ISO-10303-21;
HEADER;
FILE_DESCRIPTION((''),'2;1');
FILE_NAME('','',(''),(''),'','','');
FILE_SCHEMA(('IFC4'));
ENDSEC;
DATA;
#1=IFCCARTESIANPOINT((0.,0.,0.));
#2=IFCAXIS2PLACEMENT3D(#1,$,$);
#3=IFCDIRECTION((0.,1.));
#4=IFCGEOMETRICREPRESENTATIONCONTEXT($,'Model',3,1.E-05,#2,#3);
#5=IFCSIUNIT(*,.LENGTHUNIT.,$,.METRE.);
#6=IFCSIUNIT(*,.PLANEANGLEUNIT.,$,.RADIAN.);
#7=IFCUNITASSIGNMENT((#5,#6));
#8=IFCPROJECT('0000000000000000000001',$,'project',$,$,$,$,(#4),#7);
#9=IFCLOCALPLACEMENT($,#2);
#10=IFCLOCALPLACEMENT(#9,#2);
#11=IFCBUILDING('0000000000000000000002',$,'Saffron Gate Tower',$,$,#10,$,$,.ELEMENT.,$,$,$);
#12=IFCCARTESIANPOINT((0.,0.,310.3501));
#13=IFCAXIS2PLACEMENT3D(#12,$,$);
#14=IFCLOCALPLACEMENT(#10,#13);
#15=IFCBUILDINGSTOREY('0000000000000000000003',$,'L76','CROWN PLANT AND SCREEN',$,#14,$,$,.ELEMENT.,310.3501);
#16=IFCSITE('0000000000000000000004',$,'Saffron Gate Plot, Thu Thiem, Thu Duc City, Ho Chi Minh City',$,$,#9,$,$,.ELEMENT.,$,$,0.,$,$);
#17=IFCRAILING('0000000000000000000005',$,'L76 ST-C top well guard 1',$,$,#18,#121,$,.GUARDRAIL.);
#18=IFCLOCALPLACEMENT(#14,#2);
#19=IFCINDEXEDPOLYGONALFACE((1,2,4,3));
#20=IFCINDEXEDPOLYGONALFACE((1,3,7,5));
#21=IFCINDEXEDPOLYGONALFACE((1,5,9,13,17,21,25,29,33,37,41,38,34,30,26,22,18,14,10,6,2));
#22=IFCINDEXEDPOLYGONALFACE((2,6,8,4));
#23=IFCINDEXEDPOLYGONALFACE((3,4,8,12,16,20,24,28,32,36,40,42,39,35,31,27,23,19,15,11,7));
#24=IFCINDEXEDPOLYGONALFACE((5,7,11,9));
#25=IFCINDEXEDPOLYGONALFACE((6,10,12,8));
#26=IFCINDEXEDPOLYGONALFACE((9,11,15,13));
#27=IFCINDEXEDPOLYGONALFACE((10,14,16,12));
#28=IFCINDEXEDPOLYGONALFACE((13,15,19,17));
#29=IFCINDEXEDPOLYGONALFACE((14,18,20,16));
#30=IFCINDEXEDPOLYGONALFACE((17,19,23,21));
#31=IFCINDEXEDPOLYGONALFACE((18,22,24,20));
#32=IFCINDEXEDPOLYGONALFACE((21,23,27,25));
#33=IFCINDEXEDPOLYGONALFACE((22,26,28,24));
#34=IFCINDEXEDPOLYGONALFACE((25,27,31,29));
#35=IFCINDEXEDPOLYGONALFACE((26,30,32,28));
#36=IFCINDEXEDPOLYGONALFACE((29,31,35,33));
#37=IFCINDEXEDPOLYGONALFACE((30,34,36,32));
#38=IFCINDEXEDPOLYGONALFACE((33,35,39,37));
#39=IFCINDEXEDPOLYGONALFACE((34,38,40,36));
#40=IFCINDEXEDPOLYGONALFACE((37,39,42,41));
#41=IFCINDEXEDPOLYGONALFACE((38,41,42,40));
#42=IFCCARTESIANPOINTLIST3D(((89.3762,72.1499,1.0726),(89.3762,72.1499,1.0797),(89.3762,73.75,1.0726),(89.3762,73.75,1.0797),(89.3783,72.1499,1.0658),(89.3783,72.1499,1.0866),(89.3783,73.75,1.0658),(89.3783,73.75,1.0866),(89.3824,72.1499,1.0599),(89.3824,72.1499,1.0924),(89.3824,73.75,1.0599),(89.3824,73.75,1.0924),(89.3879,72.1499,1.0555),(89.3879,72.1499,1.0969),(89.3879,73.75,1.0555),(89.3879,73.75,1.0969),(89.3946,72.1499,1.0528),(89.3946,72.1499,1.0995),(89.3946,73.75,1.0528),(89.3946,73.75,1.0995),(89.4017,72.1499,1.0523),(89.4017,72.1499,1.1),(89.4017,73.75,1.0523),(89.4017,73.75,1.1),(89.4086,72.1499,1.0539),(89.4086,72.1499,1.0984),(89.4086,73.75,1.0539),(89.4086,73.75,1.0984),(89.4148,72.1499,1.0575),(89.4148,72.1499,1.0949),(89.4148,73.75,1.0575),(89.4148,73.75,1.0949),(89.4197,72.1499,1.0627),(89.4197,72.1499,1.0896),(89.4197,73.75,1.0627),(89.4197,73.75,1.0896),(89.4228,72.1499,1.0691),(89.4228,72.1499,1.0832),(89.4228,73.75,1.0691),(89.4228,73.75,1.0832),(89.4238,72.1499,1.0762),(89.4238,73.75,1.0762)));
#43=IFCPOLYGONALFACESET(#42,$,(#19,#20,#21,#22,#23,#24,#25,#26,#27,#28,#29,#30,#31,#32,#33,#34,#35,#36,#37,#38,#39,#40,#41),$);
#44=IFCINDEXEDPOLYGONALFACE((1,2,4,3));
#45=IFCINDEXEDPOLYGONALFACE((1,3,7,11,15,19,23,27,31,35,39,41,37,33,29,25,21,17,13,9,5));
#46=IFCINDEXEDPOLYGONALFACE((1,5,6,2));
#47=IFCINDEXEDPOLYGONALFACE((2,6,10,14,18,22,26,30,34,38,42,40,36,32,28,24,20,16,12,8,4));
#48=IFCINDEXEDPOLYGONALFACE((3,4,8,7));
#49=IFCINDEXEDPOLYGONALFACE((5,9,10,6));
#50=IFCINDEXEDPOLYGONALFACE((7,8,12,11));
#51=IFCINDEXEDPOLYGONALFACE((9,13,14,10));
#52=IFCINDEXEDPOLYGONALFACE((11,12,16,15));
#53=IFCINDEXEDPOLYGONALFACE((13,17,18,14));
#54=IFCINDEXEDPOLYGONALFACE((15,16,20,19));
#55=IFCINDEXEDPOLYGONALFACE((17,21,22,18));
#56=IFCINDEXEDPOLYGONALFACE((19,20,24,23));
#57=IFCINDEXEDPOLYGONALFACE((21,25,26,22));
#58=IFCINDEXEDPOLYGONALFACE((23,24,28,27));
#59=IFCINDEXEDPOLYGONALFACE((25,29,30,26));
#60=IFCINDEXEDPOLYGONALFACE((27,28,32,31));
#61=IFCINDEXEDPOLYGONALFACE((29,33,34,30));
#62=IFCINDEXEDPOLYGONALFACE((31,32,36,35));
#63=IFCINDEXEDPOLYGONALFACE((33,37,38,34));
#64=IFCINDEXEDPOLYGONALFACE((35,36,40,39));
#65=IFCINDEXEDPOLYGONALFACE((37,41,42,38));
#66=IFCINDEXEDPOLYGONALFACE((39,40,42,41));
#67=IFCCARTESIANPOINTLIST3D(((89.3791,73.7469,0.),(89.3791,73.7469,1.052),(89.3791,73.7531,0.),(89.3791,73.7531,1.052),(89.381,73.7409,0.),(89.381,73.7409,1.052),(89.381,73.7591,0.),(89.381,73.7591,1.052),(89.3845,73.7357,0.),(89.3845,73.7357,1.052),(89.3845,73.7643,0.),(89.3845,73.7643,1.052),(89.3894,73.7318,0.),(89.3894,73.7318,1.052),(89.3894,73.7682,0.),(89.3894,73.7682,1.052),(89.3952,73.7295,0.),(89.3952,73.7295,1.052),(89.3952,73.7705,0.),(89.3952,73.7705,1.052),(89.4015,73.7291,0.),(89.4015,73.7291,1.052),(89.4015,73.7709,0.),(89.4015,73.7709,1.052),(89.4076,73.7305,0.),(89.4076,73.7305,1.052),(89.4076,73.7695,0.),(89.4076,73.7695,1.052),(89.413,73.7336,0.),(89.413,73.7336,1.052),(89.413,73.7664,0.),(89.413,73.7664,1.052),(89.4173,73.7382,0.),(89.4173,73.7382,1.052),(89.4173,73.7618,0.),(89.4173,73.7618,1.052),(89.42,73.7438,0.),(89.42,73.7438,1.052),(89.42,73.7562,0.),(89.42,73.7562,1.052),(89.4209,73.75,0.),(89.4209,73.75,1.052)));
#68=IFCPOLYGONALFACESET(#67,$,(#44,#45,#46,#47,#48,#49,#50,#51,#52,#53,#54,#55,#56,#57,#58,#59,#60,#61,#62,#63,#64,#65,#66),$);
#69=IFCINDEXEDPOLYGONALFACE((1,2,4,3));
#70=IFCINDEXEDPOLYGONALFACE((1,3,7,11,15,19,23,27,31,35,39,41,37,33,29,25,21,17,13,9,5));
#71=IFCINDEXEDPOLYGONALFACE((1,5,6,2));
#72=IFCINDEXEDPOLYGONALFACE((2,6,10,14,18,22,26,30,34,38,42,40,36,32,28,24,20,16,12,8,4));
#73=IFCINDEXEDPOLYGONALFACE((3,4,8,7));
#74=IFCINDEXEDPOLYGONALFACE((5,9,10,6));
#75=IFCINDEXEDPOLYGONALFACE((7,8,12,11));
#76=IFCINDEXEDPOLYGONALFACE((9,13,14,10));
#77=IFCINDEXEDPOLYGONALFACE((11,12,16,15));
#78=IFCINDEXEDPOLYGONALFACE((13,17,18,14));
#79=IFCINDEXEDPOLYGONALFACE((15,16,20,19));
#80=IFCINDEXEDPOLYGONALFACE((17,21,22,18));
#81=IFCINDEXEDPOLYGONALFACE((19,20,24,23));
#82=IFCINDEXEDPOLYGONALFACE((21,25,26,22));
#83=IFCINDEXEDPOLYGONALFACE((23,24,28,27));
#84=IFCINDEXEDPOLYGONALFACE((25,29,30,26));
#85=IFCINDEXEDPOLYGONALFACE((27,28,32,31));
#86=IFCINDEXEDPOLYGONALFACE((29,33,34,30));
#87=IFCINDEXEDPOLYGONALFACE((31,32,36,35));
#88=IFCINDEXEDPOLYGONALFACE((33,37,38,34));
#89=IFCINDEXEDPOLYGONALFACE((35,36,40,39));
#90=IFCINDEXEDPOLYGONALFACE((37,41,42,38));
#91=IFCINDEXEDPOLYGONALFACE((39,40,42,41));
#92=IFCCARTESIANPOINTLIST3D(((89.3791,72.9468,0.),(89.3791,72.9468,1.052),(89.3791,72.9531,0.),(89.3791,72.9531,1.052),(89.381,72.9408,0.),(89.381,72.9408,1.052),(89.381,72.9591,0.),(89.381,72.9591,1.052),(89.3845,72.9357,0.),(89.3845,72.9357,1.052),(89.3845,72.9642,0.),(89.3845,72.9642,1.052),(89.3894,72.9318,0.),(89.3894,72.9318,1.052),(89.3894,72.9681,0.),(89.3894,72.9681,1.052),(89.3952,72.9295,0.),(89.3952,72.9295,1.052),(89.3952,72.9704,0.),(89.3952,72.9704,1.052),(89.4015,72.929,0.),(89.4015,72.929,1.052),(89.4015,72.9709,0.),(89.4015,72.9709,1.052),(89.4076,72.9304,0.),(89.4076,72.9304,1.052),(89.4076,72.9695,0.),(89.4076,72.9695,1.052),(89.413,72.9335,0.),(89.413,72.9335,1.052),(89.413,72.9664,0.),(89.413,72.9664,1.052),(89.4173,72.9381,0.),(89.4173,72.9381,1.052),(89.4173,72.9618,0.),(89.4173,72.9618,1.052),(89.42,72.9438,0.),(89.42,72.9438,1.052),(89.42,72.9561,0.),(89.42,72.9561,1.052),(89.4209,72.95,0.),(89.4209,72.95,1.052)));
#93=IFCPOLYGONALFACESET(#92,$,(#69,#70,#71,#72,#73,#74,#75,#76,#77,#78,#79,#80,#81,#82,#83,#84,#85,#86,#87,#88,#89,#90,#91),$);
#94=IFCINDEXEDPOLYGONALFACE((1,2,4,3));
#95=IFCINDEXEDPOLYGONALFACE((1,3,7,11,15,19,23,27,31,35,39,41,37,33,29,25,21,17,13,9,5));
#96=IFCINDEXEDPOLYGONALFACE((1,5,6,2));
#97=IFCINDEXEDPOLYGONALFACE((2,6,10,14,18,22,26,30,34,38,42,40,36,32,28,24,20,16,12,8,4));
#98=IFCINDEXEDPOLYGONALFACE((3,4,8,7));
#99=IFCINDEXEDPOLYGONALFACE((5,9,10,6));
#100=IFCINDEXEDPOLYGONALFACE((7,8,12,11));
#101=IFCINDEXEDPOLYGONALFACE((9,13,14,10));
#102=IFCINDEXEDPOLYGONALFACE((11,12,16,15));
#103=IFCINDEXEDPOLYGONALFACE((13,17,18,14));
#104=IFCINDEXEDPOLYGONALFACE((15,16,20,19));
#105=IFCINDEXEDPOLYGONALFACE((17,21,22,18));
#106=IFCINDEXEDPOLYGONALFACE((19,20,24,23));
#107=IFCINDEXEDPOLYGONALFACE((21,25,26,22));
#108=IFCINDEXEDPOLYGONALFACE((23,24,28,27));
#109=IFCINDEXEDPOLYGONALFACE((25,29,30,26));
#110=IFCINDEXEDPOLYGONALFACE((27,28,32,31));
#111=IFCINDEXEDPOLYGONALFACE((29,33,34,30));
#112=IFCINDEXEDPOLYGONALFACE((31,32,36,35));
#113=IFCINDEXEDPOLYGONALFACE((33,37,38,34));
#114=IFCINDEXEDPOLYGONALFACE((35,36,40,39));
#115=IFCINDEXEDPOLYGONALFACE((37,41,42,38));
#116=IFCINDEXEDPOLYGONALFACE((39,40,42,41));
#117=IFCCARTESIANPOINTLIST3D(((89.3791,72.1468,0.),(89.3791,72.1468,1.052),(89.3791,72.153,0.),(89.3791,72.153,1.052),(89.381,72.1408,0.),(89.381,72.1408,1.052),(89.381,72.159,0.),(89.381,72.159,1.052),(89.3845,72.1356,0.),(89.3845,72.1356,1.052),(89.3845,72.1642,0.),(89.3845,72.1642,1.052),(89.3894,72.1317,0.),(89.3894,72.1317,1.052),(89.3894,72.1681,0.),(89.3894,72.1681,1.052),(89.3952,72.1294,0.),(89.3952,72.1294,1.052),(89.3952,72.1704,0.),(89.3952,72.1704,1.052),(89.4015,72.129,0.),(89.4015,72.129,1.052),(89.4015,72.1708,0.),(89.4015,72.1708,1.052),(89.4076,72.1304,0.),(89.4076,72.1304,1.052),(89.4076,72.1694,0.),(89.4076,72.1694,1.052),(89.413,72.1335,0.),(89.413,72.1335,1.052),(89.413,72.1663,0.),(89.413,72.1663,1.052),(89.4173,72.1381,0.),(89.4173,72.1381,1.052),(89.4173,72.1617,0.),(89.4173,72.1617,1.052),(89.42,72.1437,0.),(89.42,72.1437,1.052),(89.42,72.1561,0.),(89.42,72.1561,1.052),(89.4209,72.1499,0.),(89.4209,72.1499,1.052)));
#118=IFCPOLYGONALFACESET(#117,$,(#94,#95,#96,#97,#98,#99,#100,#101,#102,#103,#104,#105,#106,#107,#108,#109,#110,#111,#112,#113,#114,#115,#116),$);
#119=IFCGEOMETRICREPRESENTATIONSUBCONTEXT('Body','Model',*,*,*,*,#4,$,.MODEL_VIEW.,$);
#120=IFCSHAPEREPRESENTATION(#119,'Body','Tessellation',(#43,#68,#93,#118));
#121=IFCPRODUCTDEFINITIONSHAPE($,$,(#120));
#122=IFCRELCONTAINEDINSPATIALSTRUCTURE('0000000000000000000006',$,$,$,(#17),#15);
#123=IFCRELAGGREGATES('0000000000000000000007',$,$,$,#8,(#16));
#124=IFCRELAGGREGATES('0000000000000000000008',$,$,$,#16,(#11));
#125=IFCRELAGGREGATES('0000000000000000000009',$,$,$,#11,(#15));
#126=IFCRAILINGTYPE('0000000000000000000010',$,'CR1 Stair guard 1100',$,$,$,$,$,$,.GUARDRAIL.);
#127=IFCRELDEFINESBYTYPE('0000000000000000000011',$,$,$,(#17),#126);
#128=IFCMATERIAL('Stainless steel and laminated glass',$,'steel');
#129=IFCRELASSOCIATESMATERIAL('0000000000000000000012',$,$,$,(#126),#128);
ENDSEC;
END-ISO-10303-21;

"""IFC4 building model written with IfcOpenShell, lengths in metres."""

from ifc_helpers import new_model, si_unit, direction, frame, origin, origin_2d, place, context, subcontext, project, spatial, circle, extrude, material, type_object, element, save


model = new_model("IFC4")

# Units and contexts
model_context = context("Model", 3, precision=1e-05, world=origin(), true_north=direction((0.0, 1.0)))
body_context = subcontext(model_context, "Body", "Model", "MODEL_VIEW")
ifc_project = project(units=[si_unit("LENGTHUNIT", "METRE"), si_unit("PLANEANGLEUNIT", "RADIAN")], contexts=[model_context])

# Site, building, storey
site_placement = place(None, origin())
site = spatial("IfcSite", under=ifc_project, at=site_placement, Name="Saffron Gate Plot, Thu Thiem, Thu Duc City, Ho Chi Minh City", CompositionType="ELEMENT", RefElevation=0.0)
building_placement = place(site_placement, origin())
building = spatial("IfcBuilding", under=site, at=building_placement, Name="Saffron Gate Tower", CompositionType="ELEMENT")
storey_placement = place(building_placement, frame((0.0, 0.0, 310.3501)))
storey = spatial("IfcBuildingStorey", under=building, at=storey_placement, Name="L76", Description="CROWN PLANT AND SCREEN", CompositionType="ELEMENT", Elevation=310.3501)

# Railing
ifc_material_1 = material(Name="Stainless steel and laminated glass", Category="steel")
railing_type = type_object("IfcRailingType", Name="CR1 Stair guard 1100", PredefinedType="GUARDRAIL", material=ifc_material_1)
railing_placement = place(storey_placement, frame((89.3999, 73.75, 0.0)))
element("IfcRailing", 1, at=railing_placement, inside=storey, type_object=railing_type, Name="L76 ST-C top well guard 1", PredefinedType="GUARDRAIL", context=body_context, shape_type="SweptSolid", body=[
    extrude(circle(Radius=0.0239, at=origin_2d()), frame((0.0, 0.0, 1.0762), z_axis=(0.0, -1.0, 0.0), x_axis=(1.0, 0.0, 0.0)), (0.0, 0.0, 1.0), 1.6001),
    extrude(circle(Radius=0.021, at=origin_2d()), origin(), (0.0, 0.0, 1.0), 1.052),
    extrude(circle(Radius=0.021, at=origin_2d()), frame((0.0, -0.8, 0.0)), (0.0, 0.0, 1.0), 1.052),
    extrude(circle(Radius=0.021, at=origin_2d()), frame((0.0, -1.6001, 0.0)), (0.0, 0.0, 1.0), 1.052),
])

save(model, "model.ifc")
